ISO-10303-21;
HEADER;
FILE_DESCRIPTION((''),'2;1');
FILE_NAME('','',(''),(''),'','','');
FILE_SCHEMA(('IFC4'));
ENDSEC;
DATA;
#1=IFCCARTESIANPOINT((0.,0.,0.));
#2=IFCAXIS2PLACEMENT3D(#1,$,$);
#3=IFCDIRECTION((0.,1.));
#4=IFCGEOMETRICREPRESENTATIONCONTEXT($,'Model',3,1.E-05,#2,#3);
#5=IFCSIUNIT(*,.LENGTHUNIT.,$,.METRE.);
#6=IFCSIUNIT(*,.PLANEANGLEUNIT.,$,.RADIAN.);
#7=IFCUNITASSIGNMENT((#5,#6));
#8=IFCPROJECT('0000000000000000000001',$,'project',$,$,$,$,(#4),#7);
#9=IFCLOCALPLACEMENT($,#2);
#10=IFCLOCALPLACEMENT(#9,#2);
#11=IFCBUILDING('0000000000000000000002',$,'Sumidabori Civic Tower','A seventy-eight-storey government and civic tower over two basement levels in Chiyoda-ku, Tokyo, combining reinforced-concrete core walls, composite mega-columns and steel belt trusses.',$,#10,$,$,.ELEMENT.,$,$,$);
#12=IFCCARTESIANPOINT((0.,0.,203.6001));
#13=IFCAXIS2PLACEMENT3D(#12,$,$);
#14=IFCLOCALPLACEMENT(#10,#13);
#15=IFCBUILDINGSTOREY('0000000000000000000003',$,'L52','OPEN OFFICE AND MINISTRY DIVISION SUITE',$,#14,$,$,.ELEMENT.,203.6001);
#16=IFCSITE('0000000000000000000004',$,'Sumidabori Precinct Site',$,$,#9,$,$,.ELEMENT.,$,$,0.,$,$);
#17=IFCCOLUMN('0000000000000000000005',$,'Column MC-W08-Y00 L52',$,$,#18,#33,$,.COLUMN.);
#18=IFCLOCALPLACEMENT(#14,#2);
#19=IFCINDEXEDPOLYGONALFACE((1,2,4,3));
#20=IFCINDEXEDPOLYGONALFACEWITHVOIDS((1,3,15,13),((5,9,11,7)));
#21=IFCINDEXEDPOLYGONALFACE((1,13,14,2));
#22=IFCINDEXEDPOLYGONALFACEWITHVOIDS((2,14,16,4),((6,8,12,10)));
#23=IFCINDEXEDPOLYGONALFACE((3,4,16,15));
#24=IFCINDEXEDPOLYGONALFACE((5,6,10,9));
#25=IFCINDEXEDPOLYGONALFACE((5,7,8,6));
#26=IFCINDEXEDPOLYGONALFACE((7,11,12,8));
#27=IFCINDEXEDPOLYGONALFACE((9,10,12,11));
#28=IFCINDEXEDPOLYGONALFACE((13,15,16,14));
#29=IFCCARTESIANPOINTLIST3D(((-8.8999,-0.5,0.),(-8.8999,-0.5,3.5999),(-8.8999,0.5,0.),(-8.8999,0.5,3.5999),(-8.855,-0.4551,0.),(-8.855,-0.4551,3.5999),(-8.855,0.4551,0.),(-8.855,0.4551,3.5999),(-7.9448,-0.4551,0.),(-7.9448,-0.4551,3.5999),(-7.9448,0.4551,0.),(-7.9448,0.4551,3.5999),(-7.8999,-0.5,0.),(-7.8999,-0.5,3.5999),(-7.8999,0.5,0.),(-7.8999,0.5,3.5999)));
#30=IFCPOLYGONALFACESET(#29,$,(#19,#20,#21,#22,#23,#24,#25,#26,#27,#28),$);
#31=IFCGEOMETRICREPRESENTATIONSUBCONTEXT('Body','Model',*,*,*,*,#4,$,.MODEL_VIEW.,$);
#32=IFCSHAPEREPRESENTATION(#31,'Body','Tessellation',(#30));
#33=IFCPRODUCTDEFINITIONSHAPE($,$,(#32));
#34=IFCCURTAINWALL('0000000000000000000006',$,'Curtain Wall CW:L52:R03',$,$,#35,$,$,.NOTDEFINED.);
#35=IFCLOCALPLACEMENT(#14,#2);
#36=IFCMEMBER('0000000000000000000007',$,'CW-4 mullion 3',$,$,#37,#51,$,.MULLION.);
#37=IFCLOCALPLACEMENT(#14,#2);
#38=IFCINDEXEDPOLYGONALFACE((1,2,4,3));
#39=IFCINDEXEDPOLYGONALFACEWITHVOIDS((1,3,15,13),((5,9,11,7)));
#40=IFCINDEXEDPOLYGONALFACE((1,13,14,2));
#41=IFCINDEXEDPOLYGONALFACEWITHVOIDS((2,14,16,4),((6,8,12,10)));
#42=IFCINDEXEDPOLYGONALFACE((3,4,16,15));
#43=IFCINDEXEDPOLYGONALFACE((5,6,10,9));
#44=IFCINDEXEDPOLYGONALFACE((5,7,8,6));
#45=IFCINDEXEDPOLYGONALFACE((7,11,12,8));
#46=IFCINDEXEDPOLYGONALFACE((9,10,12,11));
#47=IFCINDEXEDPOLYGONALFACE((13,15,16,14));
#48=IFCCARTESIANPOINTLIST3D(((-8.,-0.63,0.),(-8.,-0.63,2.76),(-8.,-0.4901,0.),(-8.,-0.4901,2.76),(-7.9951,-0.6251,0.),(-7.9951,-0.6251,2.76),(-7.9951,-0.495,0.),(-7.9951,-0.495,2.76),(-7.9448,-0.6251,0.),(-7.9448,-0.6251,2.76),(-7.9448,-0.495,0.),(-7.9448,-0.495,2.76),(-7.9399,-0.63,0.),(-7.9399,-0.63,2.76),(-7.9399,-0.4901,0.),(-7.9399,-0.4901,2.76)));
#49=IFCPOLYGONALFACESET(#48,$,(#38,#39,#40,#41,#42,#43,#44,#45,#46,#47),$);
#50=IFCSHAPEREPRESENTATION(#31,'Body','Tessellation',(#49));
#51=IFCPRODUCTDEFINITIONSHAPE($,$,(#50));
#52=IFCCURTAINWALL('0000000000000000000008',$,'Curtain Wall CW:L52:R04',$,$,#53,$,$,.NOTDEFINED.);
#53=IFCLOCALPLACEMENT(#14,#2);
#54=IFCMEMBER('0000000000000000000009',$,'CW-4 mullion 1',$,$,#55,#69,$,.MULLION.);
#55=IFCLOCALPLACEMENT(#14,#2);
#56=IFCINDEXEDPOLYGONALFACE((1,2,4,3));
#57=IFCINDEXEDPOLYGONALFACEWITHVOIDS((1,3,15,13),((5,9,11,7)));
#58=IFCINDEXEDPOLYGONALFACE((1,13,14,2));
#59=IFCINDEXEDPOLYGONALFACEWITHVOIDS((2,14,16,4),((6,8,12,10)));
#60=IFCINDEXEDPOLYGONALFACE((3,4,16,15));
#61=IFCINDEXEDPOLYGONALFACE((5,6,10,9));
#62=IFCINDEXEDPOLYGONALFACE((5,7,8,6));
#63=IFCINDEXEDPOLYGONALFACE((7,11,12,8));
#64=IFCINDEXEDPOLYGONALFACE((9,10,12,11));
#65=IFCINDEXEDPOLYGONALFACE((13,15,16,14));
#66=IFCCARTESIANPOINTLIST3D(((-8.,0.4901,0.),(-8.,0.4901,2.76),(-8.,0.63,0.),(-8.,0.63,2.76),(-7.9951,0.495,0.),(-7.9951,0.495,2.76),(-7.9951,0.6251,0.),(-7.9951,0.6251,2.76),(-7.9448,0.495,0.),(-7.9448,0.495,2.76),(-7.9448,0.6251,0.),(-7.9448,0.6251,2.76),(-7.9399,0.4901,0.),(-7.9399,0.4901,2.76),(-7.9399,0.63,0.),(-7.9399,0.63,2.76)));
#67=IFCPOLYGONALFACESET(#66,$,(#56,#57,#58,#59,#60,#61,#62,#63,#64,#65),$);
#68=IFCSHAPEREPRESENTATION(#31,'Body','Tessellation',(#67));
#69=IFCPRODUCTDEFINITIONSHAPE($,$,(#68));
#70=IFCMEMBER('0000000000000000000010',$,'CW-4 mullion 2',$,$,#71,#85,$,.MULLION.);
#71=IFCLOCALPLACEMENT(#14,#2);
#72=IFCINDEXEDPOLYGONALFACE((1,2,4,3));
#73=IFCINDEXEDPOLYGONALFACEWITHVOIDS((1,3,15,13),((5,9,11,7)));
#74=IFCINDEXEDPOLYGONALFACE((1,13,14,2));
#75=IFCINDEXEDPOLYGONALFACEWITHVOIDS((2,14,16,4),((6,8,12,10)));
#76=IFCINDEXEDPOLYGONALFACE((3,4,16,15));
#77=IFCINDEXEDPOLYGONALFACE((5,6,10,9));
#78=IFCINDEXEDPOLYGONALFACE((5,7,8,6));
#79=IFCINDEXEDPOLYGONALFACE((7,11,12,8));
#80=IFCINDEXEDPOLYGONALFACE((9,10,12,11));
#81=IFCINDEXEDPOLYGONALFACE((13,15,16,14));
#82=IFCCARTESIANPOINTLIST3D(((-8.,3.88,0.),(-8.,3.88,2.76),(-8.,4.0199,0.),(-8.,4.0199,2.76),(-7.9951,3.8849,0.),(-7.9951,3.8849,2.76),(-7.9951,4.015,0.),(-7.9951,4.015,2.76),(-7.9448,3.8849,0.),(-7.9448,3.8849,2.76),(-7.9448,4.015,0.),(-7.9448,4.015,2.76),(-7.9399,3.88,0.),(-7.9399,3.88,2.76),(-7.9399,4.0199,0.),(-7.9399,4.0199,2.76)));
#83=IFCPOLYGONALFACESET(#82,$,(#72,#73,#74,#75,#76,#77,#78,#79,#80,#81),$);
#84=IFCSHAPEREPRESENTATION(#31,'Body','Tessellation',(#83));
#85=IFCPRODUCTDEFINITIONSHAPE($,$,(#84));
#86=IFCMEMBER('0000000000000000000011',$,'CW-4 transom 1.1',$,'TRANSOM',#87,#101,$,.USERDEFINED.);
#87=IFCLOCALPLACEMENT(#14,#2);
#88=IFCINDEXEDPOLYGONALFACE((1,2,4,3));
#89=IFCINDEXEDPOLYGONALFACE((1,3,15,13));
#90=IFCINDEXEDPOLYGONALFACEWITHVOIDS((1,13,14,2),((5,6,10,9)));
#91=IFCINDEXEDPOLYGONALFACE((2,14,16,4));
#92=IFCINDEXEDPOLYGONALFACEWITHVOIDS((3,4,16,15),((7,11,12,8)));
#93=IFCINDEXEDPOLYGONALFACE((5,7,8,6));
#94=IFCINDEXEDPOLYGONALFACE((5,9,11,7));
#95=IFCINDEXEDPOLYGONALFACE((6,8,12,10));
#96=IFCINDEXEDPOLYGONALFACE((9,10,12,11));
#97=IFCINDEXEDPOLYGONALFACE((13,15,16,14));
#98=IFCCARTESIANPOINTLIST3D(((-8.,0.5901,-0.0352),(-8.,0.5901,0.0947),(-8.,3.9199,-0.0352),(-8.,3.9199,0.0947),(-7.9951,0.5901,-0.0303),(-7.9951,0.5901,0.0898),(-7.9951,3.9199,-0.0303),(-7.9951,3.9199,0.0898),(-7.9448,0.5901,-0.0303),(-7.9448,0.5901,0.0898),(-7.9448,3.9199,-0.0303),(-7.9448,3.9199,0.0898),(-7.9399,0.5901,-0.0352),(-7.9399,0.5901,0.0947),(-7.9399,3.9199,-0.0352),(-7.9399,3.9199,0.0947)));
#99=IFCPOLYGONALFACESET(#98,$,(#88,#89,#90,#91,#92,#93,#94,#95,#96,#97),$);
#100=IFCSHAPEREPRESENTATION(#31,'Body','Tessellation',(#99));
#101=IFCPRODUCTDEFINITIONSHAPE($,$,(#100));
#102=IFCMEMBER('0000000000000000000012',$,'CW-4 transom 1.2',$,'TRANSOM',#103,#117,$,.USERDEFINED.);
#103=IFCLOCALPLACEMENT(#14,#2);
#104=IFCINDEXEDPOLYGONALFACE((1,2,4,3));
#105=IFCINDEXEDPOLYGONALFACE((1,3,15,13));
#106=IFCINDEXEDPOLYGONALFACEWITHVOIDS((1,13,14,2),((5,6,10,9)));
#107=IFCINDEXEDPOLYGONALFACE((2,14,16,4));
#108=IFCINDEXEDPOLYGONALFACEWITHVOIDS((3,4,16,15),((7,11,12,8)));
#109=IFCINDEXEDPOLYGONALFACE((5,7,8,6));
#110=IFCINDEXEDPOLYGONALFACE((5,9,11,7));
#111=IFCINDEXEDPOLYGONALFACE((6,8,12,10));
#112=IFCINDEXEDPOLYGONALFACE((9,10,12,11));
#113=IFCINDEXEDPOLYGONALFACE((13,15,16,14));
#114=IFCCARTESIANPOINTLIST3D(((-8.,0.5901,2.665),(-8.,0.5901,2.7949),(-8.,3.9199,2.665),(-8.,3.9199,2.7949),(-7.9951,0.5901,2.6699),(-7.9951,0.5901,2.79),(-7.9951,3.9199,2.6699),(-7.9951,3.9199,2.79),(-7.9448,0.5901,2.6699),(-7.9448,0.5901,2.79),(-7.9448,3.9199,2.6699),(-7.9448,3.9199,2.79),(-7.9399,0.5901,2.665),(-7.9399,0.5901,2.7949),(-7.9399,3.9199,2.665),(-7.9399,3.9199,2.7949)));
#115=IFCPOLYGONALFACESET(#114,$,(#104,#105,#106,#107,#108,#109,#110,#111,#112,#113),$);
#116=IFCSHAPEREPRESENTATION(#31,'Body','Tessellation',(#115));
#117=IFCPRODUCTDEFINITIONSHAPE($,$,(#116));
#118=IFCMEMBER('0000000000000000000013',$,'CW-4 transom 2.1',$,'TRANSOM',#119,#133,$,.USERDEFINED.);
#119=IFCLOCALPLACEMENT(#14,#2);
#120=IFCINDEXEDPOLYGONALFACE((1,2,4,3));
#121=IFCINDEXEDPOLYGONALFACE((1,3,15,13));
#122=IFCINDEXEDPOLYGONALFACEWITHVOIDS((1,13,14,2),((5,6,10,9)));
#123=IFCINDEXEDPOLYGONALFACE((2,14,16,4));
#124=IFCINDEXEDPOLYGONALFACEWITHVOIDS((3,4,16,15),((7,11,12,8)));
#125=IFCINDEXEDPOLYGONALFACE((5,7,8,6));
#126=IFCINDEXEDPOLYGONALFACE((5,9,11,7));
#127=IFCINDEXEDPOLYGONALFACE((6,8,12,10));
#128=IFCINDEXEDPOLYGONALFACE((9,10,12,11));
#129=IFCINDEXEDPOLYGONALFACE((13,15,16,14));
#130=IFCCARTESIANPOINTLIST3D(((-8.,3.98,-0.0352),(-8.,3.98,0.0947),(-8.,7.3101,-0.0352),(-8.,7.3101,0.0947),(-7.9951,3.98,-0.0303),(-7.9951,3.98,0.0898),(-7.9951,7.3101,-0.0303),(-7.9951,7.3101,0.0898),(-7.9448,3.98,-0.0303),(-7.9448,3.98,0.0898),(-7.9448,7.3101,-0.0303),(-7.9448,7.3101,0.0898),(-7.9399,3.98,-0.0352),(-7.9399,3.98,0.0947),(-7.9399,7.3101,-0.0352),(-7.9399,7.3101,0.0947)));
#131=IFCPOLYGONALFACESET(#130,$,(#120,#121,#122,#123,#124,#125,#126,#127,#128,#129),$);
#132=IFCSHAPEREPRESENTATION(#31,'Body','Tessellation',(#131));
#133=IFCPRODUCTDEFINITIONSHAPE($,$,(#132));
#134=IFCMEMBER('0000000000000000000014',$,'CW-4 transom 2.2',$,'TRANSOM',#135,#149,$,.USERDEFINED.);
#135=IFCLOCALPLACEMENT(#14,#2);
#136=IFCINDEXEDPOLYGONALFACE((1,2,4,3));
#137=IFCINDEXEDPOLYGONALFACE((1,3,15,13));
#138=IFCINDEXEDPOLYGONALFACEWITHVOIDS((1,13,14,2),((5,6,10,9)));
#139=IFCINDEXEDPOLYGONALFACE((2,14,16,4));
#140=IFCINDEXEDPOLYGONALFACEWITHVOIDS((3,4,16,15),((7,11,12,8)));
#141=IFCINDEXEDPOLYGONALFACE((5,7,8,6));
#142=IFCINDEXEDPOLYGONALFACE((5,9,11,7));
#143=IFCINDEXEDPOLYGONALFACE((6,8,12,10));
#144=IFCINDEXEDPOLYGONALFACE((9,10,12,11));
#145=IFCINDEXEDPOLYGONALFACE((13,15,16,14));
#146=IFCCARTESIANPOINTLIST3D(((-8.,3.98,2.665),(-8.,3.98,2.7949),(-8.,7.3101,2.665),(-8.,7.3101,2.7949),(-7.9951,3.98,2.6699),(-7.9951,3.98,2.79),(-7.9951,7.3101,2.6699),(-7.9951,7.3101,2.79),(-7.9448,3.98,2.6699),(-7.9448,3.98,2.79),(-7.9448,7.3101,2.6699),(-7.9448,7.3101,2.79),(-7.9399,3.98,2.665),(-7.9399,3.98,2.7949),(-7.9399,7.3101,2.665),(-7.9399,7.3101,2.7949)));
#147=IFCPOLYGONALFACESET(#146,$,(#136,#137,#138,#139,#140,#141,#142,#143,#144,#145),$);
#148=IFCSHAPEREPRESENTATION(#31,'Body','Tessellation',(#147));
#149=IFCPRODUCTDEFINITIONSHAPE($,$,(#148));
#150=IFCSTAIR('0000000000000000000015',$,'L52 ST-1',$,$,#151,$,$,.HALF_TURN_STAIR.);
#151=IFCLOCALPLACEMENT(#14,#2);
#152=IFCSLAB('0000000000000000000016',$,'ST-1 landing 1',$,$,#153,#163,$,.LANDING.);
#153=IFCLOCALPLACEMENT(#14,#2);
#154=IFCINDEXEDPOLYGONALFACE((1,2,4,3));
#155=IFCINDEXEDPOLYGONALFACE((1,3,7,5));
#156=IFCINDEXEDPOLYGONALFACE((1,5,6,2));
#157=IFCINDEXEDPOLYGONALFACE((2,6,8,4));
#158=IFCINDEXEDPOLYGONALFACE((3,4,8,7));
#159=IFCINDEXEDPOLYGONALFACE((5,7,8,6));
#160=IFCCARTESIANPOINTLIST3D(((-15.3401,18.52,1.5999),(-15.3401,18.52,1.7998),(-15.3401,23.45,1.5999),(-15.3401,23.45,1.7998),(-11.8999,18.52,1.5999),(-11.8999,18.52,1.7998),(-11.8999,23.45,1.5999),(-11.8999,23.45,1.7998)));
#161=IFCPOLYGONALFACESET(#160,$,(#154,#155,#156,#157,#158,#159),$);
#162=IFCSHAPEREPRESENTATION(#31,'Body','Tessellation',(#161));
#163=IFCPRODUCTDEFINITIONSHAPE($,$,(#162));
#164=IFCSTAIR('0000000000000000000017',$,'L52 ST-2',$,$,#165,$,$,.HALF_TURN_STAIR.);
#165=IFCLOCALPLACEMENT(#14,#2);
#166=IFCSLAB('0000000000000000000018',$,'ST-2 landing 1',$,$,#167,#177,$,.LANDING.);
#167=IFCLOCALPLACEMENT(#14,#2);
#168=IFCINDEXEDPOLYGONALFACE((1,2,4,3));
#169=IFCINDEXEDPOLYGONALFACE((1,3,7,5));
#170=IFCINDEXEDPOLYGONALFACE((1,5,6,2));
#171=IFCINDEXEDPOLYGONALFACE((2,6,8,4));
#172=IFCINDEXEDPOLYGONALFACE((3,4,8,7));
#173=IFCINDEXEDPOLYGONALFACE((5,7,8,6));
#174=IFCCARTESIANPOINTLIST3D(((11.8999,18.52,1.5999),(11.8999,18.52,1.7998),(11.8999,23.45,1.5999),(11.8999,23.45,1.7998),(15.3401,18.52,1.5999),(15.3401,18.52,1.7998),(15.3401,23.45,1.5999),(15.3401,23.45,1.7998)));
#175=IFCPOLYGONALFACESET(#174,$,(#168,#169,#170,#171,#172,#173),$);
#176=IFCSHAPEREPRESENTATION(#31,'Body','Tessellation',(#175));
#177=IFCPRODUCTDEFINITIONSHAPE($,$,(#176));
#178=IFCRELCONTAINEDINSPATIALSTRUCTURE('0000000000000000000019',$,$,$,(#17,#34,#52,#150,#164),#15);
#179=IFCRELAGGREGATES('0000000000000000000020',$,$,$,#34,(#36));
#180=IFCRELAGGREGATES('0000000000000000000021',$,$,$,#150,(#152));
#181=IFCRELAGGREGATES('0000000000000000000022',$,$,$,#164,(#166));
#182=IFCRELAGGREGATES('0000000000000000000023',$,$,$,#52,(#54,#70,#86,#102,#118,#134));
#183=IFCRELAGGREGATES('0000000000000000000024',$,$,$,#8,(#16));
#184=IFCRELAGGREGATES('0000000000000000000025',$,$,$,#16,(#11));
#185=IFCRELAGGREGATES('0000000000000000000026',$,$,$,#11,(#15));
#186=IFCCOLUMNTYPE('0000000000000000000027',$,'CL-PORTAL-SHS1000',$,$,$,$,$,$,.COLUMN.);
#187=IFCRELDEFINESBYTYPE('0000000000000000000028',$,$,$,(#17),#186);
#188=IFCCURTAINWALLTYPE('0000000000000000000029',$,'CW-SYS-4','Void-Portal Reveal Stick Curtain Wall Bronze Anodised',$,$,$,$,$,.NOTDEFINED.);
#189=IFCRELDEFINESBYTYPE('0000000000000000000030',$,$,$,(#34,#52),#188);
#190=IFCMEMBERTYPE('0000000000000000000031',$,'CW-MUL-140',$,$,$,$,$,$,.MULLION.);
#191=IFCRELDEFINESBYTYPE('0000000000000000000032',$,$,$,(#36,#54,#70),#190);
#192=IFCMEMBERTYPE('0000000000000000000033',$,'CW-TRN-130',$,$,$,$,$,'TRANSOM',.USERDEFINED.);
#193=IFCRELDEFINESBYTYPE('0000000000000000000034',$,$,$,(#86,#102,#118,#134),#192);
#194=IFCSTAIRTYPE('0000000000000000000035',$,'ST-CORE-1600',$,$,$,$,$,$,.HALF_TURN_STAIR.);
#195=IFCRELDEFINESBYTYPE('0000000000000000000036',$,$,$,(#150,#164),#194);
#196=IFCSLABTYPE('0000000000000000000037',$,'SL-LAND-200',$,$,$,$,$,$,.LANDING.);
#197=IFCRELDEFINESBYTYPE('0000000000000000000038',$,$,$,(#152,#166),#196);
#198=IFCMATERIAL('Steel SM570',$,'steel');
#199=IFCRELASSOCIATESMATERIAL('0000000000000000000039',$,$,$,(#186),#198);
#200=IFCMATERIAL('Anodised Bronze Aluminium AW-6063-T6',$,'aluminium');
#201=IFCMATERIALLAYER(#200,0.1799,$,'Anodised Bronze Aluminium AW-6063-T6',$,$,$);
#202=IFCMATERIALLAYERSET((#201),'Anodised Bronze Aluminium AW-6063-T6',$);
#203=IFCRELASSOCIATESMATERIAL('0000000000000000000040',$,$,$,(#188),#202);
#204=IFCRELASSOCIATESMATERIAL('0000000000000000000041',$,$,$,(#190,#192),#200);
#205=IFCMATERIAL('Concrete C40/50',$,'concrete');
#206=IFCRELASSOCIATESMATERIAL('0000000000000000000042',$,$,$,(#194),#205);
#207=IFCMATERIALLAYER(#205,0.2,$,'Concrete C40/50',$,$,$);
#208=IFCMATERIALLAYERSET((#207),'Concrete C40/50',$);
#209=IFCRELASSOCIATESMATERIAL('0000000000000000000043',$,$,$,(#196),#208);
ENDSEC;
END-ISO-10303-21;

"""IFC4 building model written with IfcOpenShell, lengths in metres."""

from ifc_helpers import new_model, si_unit, direction, frame, origin, origin_2d, place, context, subcontext, project, spatial, polyline, hollow_rectangle, outline, extrude, source, transform, mapped, material, layer, layer_set, material_profile, profile_set, type_object, element, aggregate, save


model = new_model("IFC4")

# Units and contexts
model_context = context("Model", 3, precision=1e-05, world=origin(), true_north=direction((0.0, 1.0)))
body_context = subcontext(model_context, "Body", "Model", "MODEL_VIEW")
ifc_project = project(units=[si_unit("LENGTHUNIT", "METRE"), si_unit("PLANEANGLEUNIT", "RADIAN")], contexts=[model_context])

# Site, building, storey
site_placement = place(None, origin())
site = spatial("IfcSite", under=ifc_project, at=site_placement, Name="Sumidabori Precinct Site", CompositionType="ELEMENT", RefElevation=0.0)
building_placement = place(site_placement, origin())
building = spatial("IfcBuilding", under=site, at=building_placement, Name="Sumidabori Civic Tower", Description="A seventy-eight-storey government and civic tower over two basement levels in Chiyoda-ku, Tokyo, combining reinforced-concrete core walls, composite mega-columns and steel belt trusses.", CompositionType="ELEMENT")
storey_placement = place(building_placement, frame((0.0, 0.0, 203.6001)))
storey = spatial("IfcBuildingStorey", under=building, at=storey_placement, Name="L52", Description="OPEN OFFICE AND MINISTRY DIVISION SUITE", CompositionType="ELEMENT", Elevation=203.6001)

# Column
ifc_material_1 = material(Name="Steel SM570", Category="steel")
ifc_material_profile_1 = material_profile(ifc_material_1, hollow_rectangle(XDim=1.0, YDim=1.0, WallThickness=0.0449, at=origin_2d()), Name="SHS 1000x1000x45")
ifc_profile_set_1 = profile_set([ifc_material_profile_1], Name="Steel SM570")
column_type = type_object("IfcColumnType", Name="CL-PORTAL-SHS1000", PredefinedType="COLUMN", material=ifc_profile_set_1)
shared_shape_1 = source(origin(), body_context, "Body", "SweptSolid", [
    extrude(hollow_rectangle(XDim=1.0, YDim=1.0, WallThickness=0.0449, at=origin_2d()), origin(), (0.0, 0.0, 1.0), 3.5999),
])
column_placement = place(storey_placement, frame((-8.3999, 0.0, 0.0), z_axis=(0.0, 0.0, 1.0), x_axis=(1.0, 0.0, 0.0)))
element("IfcColumn", 1, at=column_placement, inside=storey, type_object=column_type, Name="Column MC-W08-Y00 L52", PredefinedType="COLUMN", context=body_context, shape_type="MappedRepresentation", body=[
    mapped(shared_shape_1, transform((0.0, 0.0, 0.0), x_axis=(1.0, 0.0, 0.0), y_axis=(0.0, 1.0, 0.0), z_axis=(0.0, 0.0, 1.0), scale=1.0)),
])

# Curtain wall, member
ifc_material_2 = material(Name="Anodised Bronze Aluminium AW-6063-T6", Category="aluminium")
ifc_layer_1 = layer(ifc_material_2, 0.1799, Name="Anodised Bronze Aluminium AW-6063-T6")
ifc_layer_set_1 = layer_set([ifc_layer_1], Name="Anodised Bronze Aluminium AW-6063-T6")
curtain_wall_type = type_object("IfcCurtainWallType", Name="CW-SYS-4", Description="Void-Portal Reveal Stick Curtain Wall Bronze Anodised", PredefinedType="NOTDEFINED", material=ifc_layer_set_1)
curtain_wall_1_placement = place(storey_placement, origin())
curtain_wall_1 = element("IfcCurtainWall", 2, at=curtain_wall_1_placement, inside=storey, type_object=curtain_wall_type, Name="Curtain Wall CW:L52:R03", PredefinedType="NOTDEFINED")
ifc_material_profile_2 = material_profile(ifc_material_2, hollow_rectangle(XDim=0.0601, YDim=0.1399, WallThickness=0.0049, at=origin_2d()), Name="ALU MULLION 140x60")
ifc_profile_set_2 = profile_set([ifc_material_profile_2], Name="Anodised Bronze Aluminium AW-6063-T6")
member_type_1 = type_object("IfcMemberType", Name="CW-MUL-140", PredefinedType="MULLION", material=ifc_profile_set_2)
shared_shape_2 = source(origin(), body_context, "Body", "SweptSolid", [
    extrude(hollow_rectangle(XDim=0.0601, YDim=0.1399, WallThickness=0.0049, at=origin_2d()), origin(), (0.0, 0.0, 1.0), 2.76),
])
member_1_placement = place(storey_placement, frame((-7.97, -0.5601, 0.0), z_axis=(0.0, 0.0, 1.0), x_axis=(-1.0, 0.0, 0.0)))
member_1 = element("IfcMember", 3, at=member_1_placement, type_object=member_type_1, Name="CW-4 mullion 3", PredefinedType="MULLION", context=body_context, shape_type="MappedRepresentation", body=[
    mapped(shared_shape_2, transform((0.0, 0.0, 0.0), x_axis=(1.0, 0.0, 0.0), y_axis=(0.0, 1.0, 0.0), z_axis=(0.0, 0.0, 1.0), scale=1.0)),
])
aggregate(curtain_wall_1, [member_1])

# Curtain wall, members
curtain_wall_2_placement = place(storey_placement, origin())
curtain_wall_2 = element("IfcCurtainWall", 4, at=curtain_wall_2_placement, inside=storey, type_object=curtain_wall_type, Name="Curtain Wall CW:L52:R04", PredefinedType="NOTDEFINED")
member_2_placement = place(storey_placement, frame((-7.97, 0.5601, 0.0), z_axis=(0.0, 0.0, 1.0), x_axis=(-1.0, 0.0, 0.0)))
member_2 = element("IfcMember", 5, at=member_2_placement, type_object=member_type_1, Name="CW-4 mullion 1", PredefinedType="MULLION", context=body_context, shape_type="MappedRepresentation", body=[
    mapped(shared_shape_2, transform((0.0, 0.0, 0.0), x_axis=(1.0, 0.0, 0.0), y_axis=(0.0, 1.0, 0.0), z_axis=(0.0, 0.0, 1.0), scale=1.0)),
])
member_3_placement = place(storey_placement, frame((-7.97, 3.95, 0.0), z_axis=(0.0, 0.0, 1.0), x_axis=(-1.0, 0.0, 0.0)))
member_3 = element("IfcMember", 6, at=member_3_placement, type_object=member_type_1, Name="CW-4 mullion 2", PredefinedType="MULLION", context=body_context, shape_type="MappedRepresentation", body=[
    mapped(shared_shape_2, transform((0.0, 0.0, 0.0), x_axis=(1.0, 0.0, 0.0), y_axis=(0.0, 1.0, 0.0), z_axis=(0.0, 0.0, 1.0), scale=1.0)),
])
ifc_material_profile_3 = material_profile(ifc_material_2, hollow_rectangle(XDim=0.0601, YDim=0.1299, WallThickness=0.0049, at=origin_2d()), Name="ALU TRANSOM 130x60")
ifc_profile_set_3 = profile_set([ifc_material_profile_3], Name="Anodised Bronze Aluminium AW-6063-T6")
member_type_2 = type_object("IfcMemberType", Name="CW-TRN-130", ElementType="TRANSOM", PredefinedType="USERDEFINED", material=ifc_profile_set_3)
shared_shape_3 = source(origin(), body_context, "Body", "SweptSolid", [
    extrude(hollow_rectangle(XDim=0.0601, YDim=0.1299, WallThickness=0.0049, at=origin_2d()), origin(), (0.0, 0.0, 1.0), 3.3298),
])
member_4_placement = place(storey_placement, frame((-7.97, 0.5901, 0.0298), z_axis=(0.0, 1.0, 0.0), x_axis=(-1.0, 0.0, 0.0)))
member_4 = element("IfcMember", 7, at=member_4_placement, type_object=member_type_2, Name="CW-4 transom 1.1", ObjectType="TRANSOM", PredefinedType="USERDEFINED", context=body_context, shape_type="MappedRepresentation", body=[
    mapped(shared_shape_3, transform((0.0, 0.0, 0.0), x_axis=(1.0, 0.0, 0.0), y_axis=(0.0, 1.0, 0.0), z_axis=(0.0, 0.0, 1.0), scale=1.0)),
])
member_5_placement = place(storey_placement, frame((-7.97, 0.5901, 2.73), z_axis=(0.0, 1.0, 0.0), x_axis=(-1.0, 0.0, 0.0)))
member_5 = element("IfcMember", 8, at=member_5_placement, type_object=member_type_2, Name="CW-4 transom 1.2", ObjectType="TRANSOM", PredefinedType="USERDEFINED", context=body_context, shape_type="MappedRepresentation", body=[
    mapped(shared_shape_3, transform((0.0, 0.0, 0.0), x_axis=(1.0, 0.0, 0.0), y_axis=(0.0, 1.0, 0.0), z_axis=(0.0, 0.0, 1.0), scale=1.0)),
])
shared_shape_4 = source(origin(), body_context, "Body", "SweptSolid", [
    extrude(hollow_rectangle(XDim=0.0601, YDim=0.1299, WallThickness=0.0049, at=origin_2d()), origin(), (0.0, 0.0, 1.0), 3.3301),
])
member_6_placement = place(storey_placement, frame((-7.97, 3.98, 0.0298), z_axis=(0.0, 1.0, 0.0), x_axis=(-1.0, 0.0, 0.0)))
member_6 = element("IfcMember", 9, at=member_6_placement, type_object=member_type_2, Name="CW-4 transom 2.1", ObjectType="TRANSOM", PredefinedType="USERDEFINED", context=body_context, shape_type="MappedRepresentation", body=[
    mapped(shared_shape_4, transform((0.0, 0.0, 0.0), x_axis=(1.0, 0.0, 0.0), y_axis=(0.0, 1.0, 0.0), z_axis=(0.0, 0.0, 1.0), scale=1.0)),
])
member_7_placement = place(storey_placement, frame((-7.97, 3.98, 2.73), z_axis=(0.0, 1.0, 0.0), x_axis=(-1.0, 0.0, 0.0)))
member_7 = element("IfcMember", 10, at=member_7_placement, type_object=member_type_2, Name="CW-4 transom 2.2", ObjectType="TRANSOM", PredefinedType="USERDEFINED", context=body_context, shape_type="MappedRepresentation", body=[
    mapped(shared_shape_4, transform((0.0, 0.0, 0.0), x_axis=(1.0, 0.0, 0.0), y_axis=(0.0, 1.0, 0.0), z_axis=(0.0, 0.0, 1.0), scale=1.0)),
])

# Stairs, slabs
ifc_material_3 = material(Name="Concrete C40/50", Category="concrete")
stair_type = type_object("IfcStairType", Name="ST-CORE-1600", PredefinedType="HALF_TURN_STAIR", material=ifc_material_3)
stair_1_placement = place(storey_placement, origin())
stair_1 = element("IfcStair", 11, at=stair_1_placement, inside=storey, type_object=stair_type, Name="L52 ST-1", PredefinedType="HALF_TURN_STAIR")
ifc_layer_2 = layer(ifc_material_3, 0.2, Name="Concrete C40/50")
ifc_layer_set_2 = layer_set([ifc_layer_2], Name="Concrete C40/50")
slab_type_1 = type_object("IfcSlabType", Name="SL-LAND-200", PredefinedType="LANDING", material=ifc_layer_set_2)
slab_1_placement = place(storey_placement, frame((0.0, 0.0, 1.5999)))
slab_1 = element("IfcSlab", 12, at=slab_1_placement, type_object=slab_type_1, Name="ST-1 landing 1", PredefinedType="LANDING", context=body_context, shape_type="SweptSolid", body=[
    extrude(outline(polyline([(-11.8999, 18.52), (-11.8999, 23.45), (-15.3401, 23.45), (-15.3401, 18.52), (-11.8999, 18.52)])), origin(), (0.0, 0.0, 1.0), 0.2),
])
aggregate(stair_1, [slab_1])
stair_2_placement = place(storey_placement, origin())
stair_2 = element("IfcStair", 13, at=stair_2_placement, inside=storey, type_object=stair_type, Name="L52 ST-2", PredefinedType="HALF_TURN_STAIR")
slab_2_placement = place(storey_placement, frame((0.0, 0.0, 1.5999)))
slab_2 = element("IfcSlab", 14, at=slab_2_placement, type_object=slab_type_1, Name="ST-2 landing 1", PredefinedType="LANDING", context=body_context, shape_type="SweptSolid", body=[
    extrude(outline(polyline([(15.3401, 18.52), (15.3401, 23.45), (11.8999, 23.45), (11.8999, 18.52), (15.3401, 18.52)])), origin(), (0.0, 0.0, 1.0), 0.2),
])
aggregate(stair_2, [slab_2])

aggregate(curtain_wall_2, [member_2, member_3, member_4, member_5, member_6, member_7])

save(model, "model.ifc")
